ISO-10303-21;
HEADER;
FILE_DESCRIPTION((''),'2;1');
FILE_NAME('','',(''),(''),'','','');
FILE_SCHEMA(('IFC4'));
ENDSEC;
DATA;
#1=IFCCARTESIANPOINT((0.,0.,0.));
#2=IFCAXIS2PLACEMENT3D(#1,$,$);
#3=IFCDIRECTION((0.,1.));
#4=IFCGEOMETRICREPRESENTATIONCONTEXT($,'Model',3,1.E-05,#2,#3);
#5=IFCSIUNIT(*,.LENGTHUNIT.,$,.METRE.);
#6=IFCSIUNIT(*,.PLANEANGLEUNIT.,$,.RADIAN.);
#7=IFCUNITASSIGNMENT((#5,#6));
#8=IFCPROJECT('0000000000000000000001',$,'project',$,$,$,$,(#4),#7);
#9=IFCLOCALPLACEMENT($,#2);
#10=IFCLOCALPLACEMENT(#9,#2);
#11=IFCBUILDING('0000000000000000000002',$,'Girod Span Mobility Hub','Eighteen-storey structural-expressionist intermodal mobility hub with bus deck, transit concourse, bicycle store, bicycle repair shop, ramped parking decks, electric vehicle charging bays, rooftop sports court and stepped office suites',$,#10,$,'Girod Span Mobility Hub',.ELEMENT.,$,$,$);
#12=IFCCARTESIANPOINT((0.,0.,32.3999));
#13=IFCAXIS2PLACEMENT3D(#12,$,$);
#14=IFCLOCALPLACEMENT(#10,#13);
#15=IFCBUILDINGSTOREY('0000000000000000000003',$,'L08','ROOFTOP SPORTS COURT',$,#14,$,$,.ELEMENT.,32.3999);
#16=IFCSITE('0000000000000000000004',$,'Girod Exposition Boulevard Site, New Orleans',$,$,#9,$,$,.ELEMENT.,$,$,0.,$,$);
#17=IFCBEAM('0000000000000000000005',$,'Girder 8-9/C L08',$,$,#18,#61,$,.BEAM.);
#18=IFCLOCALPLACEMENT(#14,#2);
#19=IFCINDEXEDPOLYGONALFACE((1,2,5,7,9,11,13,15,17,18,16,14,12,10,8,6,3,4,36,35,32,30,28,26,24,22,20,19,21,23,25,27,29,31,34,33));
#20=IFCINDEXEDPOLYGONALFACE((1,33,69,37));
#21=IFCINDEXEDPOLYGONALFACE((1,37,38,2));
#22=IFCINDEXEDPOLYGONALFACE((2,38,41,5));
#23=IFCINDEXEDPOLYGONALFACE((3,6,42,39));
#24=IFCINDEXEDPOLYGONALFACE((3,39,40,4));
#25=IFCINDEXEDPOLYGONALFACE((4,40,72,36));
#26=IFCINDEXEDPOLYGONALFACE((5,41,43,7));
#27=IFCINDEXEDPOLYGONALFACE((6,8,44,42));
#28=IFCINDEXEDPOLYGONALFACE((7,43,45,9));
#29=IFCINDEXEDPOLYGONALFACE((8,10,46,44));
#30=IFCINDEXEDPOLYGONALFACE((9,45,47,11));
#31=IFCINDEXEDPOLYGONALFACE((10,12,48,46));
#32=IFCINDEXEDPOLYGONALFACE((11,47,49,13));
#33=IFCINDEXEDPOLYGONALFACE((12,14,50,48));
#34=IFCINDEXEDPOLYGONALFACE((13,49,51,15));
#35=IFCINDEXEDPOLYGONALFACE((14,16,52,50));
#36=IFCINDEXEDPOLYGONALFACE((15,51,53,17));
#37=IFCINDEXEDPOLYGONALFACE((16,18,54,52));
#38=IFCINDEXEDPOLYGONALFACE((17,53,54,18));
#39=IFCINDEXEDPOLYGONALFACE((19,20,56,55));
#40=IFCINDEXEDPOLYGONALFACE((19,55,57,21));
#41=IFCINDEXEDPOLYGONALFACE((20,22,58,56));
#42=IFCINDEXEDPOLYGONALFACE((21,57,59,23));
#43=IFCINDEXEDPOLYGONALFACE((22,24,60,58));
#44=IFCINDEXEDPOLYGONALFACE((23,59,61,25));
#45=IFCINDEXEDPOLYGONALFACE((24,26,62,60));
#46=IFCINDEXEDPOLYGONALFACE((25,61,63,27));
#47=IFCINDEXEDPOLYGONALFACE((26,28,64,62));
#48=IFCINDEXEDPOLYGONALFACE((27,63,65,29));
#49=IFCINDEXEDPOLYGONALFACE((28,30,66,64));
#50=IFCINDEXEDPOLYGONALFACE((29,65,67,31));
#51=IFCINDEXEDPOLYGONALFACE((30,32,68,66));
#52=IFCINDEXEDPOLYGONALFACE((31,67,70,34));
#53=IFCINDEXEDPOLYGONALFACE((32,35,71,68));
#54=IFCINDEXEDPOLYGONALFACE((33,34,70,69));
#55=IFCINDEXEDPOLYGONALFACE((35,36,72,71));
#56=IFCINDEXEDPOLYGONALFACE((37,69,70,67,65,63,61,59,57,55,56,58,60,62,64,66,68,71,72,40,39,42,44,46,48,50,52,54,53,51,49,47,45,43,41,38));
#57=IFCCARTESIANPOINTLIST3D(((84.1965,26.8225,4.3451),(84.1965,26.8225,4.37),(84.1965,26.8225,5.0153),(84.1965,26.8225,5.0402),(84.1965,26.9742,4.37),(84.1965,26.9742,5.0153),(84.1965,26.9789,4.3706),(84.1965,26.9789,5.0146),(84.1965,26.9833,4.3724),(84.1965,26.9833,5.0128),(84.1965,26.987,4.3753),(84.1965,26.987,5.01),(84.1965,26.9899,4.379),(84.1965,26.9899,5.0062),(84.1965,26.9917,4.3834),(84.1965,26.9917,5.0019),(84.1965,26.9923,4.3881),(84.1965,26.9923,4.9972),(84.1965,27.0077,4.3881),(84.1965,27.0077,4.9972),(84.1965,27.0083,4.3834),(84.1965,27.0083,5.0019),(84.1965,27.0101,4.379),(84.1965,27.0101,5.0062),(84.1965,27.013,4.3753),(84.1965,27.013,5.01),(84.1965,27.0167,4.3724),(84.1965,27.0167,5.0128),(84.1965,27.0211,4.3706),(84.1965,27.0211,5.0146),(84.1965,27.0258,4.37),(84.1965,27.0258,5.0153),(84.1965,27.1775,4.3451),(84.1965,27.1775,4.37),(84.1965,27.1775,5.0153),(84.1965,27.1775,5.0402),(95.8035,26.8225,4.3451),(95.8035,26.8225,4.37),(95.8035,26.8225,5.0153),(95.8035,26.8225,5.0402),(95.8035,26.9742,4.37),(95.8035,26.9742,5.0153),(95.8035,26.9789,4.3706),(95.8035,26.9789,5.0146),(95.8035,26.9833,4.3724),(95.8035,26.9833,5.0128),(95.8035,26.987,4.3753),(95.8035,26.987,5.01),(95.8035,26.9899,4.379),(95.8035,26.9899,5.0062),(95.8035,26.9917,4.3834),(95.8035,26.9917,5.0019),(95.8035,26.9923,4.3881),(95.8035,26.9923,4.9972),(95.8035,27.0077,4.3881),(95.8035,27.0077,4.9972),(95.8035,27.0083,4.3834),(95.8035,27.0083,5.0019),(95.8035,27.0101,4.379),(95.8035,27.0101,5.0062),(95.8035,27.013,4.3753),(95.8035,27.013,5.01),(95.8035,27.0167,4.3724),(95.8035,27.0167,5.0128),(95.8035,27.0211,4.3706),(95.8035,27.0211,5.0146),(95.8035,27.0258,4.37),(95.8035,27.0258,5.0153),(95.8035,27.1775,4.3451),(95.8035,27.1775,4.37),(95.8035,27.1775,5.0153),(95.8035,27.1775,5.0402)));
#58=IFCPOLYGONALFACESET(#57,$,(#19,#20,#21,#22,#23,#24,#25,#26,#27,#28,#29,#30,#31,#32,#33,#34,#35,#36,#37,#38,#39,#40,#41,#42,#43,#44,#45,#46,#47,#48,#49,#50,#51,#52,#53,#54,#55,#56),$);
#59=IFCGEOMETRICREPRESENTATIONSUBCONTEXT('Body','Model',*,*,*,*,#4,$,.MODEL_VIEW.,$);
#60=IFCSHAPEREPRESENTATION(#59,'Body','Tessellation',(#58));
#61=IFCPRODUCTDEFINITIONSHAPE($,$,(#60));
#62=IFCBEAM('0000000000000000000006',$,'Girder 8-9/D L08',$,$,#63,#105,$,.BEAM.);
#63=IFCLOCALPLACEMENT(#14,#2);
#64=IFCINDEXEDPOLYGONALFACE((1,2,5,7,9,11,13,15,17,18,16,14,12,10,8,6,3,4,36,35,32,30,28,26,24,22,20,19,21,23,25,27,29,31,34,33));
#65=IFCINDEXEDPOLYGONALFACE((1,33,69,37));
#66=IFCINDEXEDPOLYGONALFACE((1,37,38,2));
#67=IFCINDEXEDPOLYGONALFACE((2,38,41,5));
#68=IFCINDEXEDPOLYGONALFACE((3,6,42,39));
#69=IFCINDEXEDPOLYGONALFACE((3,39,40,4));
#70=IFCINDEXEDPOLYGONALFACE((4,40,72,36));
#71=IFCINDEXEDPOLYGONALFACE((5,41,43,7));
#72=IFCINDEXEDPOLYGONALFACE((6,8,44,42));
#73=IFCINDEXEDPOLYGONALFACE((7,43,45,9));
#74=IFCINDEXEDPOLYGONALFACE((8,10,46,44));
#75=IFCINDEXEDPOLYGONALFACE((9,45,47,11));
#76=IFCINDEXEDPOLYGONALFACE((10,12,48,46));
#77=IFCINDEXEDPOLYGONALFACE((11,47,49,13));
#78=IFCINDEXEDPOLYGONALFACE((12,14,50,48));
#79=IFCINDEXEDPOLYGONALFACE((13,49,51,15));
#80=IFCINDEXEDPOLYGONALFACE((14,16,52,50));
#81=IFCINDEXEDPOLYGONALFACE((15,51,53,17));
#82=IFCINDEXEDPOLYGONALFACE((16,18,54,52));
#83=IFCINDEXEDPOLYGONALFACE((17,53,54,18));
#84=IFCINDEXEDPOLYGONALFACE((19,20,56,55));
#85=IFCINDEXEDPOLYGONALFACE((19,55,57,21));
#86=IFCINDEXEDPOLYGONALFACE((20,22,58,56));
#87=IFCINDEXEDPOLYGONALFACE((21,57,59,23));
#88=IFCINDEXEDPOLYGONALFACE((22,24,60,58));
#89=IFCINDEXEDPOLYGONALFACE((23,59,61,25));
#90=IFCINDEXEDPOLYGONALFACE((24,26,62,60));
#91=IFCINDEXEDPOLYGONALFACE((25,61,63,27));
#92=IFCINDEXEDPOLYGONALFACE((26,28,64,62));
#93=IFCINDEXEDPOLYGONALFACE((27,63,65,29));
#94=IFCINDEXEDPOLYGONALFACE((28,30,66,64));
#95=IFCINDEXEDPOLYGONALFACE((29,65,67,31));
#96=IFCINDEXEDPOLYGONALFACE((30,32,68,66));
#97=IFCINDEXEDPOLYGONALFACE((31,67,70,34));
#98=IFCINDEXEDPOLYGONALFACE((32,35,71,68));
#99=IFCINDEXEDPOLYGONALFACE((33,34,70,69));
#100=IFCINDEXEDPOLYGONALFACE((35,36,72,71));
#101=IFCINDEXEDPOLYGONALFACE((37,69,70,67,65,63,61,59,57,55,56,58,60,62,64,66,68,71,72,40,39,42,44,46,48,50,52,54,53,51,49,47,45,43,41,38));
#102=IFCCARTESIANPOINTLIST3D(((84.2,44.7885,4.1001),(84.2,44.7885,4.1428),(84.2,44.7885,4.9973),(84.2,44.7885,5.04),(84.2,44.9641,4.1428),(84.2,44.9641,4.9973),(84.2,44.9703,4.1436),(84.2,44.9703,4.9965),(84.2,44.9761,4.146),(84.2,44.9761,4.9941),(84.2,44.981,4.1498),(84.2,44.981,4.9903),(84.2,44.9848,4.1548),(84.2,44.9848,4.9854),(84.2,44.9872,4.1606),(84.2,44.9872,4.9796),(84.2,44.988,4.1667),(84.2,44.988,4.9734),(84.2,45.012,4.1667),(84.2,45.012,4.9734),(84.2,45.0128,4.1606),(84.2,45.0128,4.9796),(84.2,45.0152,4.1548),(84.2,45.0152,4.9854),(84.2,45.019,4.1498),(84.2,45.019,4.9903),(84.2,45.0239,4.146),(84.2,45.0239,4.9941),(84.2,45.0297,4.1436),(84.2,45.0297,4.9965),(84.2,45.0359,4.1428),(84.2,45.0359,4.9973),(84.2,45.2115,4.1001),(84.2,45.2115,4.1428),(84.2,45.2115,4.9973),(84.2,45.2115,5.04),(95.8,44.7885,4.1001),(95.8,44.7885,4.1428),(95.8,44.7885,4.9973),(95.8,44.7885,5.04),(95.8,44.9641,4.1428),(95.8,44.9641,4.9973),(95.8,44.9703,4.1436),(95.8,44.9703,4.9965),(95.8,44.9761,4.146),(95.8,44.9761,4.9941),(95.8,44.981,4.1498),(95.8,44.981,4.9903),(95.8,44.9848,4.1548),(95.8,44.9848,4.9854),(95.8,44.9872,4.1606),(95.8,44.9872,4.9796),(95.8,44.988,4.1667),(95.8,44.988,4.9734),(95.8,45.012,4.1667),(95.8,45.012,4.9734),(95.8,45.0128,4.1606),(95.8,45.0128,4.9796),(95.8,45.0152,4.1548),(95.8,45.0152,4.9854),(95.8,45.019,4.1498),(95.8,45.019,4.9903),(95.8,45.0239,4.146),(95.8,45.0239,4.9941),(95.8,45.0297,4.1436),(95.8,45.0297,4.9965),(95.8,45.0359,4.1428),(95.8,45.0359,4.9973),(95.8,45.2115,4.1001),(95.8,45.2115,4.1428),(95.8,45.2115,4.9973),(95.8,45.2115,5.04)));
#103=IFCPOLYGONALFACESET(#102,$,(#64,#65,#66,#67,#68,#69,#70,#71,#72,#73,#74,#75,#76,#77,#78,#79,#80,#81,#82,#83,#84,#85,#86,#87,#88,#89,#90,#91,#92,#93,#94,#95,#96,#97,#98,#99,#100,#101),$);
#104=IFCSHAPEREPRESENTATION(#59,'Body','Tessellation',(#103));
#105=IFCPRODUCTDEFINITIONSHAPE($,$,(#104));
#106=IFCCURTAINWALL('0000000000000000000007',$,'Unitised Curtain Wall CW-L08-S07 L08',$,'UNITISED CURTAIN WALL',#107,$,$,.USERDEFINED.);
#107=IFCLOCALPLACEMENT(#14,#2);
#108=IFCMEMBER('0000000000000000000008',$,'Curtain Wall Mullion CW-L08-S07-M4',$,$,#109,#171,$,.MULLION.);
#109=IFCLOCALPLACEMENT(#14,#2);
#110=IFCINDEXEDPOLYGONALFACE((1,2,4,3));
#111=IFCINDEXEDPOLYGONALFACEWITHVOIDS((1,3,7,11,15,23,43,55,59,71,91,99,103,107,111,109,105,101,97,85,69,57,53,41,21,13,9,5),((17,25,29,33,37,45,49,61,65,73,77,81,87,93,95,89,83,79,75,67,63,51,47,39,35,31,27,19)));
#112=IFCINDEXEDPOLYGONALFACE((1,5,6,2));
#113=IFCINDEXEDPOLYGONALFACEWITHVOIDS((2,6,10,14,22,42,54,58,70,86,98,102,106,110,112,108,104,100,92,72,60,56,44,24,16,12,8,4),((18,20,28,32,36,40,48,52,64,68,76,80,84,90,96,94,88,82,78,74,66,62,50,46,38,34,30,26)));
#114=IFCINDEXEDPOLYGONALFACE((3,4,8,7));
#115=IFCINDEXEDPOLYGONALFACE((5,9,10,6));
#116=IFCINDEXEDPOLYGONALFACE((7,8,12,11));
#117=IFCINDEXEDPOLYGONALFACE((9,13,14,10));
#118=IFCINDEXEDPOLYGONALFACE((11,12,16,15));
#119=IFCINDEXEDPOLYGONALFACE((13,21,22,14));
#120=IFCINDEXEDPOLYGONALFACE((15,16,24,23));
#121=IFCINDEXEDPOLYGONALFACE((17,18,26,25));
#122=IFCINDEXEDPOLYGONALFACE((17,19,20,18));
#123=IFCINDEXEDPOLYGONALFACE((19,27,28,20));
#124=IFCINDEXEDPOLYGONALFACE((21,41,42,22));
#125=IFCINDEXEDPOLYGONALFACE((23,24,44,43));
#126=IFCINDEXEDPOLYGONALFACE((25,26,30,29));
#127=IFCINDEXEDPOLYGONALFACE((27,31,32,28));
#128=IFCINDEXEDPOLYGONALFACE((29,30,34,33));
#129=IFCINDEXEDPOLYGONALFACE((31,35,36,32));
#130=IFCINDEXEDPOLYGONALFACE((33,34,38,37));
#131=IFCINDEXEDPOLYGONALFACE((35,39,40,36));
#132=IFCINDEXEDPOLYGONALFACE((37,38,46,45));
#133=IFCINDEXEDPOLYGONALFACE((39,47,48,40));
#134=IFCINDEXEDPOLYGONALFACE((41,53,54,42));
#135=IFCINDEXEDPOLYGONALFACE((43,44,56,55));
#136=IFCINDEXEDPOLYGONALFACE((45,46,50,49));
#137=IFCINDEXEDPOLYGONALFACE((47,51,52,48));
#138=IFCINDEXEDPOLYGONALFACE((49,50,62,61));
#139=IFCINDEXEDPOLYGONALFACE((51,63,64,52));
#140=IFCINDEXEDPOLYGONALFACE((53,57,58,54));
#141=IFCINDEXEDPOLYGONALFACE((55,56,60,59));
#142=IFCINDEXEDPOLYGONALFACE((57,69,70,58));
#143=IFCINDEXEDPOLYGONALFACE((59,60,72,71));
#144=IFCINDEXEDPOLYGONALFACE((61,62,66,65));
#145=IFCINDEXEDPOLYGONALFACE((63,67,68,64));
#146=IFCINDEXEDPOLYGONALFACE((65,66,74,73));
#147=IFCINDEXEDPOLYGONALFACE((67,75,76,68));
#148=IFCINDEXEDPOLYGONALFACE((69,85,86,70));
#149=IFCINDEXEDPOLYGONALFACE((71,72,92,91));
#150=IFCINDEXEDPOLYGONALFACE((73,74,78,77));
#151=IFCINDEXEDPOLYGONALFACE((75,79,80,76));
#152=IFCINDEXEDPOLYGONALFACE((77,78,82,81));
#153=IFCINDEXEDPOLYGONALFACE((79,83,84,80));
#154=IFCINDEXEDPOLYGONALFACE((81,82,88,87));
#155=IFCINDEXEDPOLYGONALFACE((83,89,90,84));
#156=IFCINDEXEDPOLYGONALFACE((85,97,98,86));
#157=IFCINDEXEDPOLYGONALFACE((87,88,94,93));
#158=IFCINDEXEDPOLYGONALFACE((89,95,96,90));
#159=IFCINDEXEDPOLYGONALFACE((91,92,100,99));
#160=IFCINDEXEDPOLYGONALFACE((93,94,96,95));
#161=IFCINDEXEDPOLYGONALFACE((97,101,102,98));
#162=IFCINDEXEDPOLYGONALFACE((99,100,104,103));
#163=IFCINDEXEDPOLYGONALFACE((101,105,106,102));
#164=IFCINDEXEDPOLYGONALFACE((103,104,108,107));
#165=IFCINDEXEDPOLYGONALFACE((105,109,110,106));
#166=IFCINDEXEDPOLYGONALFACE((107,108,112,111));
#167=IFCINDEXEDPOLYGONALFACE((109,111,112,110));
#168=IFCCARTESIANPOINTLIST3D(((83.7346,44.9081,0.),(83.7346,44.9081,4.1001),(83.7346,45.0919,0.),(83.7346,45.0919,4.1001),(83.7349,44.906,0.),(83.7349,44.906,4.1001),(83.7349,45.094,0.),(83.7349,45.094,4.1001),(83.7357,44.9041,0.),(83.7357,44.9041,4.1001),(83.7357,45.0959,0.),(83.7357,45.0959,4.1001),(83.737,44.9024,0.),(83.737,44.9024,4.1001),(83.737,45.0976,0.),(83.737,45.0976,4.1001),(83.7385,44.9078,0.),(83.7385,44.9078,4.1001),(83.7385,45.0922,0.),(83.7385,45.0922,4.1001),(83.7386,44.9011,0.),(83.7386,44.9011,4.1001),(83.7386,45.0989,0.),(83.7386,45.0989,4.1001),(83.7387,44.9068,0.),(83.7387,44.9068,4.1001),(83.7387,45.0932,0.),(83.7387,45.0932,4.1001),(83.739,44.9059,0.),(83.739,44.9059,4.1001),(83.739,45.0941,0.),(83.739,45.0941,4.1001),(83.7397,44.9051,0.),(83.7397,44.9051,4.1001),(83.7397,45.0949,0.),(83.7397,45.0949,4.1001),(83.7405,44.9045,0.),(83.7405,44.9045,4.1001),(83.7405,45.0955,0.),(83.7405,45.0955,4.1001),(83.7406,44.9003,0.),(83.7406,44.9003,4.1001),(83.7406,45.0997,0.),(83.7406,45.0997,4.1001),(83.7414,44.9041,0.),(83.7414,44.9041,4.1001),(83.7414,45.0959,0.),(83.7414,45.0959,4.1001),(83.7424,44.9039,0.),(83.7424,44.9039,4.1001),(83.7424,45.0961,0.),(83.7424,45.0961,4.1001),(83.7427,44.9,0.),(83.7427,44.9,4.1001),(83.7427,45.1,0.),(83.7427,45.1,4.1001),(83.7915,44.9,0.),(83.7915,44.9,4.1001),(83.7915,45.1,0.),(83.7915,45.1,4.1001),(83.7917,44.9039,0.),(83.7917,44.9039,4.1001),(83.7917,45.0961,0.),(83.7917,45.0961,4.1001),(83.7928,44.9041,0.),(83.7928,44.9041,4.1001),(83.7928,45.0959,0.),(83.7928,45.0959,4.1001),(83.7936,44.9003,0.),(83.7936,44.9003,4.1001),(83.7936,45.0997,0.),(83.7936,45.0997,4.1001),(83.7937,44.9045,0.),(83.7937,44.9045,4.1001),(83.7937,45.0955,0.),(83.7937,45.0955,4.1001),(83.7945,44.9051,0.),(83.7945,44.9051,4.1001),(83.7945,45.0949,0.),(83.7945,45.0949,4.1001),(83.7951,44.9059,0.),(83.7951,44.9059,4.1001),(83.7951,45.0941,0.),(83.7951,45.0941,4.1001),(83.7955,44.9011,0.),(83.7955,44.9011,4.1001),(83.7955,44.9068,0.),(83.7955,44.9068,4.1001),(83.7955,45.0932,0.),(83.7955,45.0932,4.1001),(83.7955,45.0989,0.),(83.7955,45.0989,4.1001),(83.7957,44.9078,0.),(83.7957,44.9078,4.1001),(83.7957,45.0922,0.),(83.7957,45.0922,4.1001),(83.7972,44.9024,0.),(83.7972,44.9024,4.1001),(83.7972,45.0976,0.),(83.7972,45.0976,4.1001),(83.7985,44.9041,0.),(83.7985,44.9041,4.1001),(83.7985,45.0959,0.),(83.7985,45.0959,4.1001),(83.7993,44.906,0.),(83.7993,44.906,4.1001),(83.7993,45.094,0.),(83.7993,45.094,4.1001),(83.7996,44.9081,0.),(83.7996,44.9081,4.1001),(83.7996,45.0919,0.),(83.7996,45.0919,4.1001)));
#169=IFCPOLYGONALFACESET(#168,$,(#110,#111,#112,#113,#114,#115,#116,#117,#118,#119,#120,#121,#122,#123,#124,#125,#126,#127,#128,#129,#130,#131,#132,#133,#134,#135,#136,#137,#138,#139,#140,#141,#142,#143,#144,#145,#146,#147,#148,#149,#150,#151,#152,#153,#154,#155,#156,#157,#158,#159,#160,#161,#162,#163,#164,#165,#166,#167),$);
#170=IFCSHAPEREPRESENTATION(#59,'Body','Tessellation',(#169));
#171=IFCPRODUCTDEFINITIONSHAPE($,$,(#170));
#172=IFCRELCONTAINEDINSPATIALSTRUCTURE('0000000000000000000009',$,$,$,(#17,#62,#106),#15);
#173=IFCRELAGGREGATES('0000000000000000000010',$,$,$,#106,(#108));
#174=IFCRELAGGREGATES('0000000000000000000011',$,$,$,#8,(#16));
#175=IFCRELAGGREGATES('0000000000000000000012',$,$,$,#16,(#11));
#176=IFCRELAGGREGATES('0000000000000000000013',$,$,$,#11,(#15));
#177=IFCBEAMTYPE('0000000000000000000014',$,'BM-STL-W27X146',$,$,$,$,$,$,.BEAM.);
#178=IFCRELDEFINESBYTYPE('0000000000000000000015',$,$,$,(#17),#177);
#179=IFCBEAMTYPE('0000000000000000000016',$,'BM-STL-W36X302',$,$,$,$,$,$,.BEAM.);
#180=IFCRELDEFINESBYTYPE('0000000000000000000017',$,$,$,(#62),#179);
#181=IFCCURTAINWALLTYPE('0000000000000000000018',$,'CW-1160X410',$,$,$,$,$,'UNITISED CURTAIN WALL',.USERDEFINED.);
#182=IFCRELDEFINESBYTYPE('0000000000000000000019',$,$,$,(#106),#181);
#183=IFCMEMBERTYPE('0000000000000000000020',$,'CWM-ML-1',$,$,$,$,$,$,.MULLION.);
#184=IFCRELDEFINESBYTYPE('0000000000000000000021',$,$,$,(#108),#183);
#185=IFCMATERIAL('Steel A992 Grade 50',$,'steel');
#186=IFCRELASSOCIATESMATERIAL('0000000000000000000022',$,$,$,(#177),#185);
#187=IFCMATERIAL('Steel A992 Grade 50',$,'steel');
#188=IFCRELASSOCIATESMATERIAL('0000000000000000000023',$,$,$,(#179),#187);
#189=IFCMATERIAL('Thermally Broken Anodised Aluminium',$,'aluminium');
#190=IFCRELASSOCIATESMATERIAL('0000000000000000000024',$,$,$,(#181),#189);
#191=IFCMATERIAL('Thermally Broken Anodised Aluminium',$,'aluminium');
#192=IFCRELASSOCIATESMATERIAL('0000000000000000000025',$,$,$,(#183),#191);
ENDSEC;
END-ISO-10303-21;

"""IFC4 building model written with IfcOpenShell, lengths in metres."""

from ifc_helpers import new_model, si_unit, direction, frame, origin, origin_2d, place, context, subcontext, project, spatial, hollow_rectangle, i_section, extrude, material, material_profile, profile_set, type_object, element, aggregate, save


model = new_model("IFC4")

# Units and contexts
model_context = context("Model", 3, precision=1e-05, world=origin(), true_north=direction((0.0, 1.0)))
body_context = subcontext(model_context, "Body", "Model", "MODEL_VIEW")
ifc_project = project(units=[si_unit("LENGTHUNIT", "METRE"), si_unit("PLANEANGLEUNIT", "RADIAN")], contexts=[model_context])

# Site, building, storey
site_placement = place(None, origin())
site = spatial("IfcSite", under=ifc_project, at=site_placement, Name="Girod Exposition Boulevard Site, New Orleans", CompositionType="ELEMENT", RefElevation=0.0)
building_placement = place(site_placement, origin())
building = spatial("IfcBuilding", under=site, at=building_placement, Name="Girod Span Mobility Hub", Description="Eighteen-storey structural-expressionist intermodal mobility hub with bus deck, transit concourse, bicycle store, bicycle repair shop, ramped parking decks, electric vehicle charging bays, rooftop sports court and stepped office suites", LongName="Girod Span Mobility Hub", CompositionType="ELEMENT")
storey_placement = place(building_placement, frame((0.0, 0.0, 32.3999)))
storey = spatial("IfcBuildingStorey", under=building, at=storey_placement, Name="L08", Description="ROOFTOP SPORTS COURT", CompositionType="ELEMENT", Elevation=32.3999)

# Beams
ifc_material_1 = material(Name="Steel A992 Grade 50", Category="steel")
ifc_material_profile_1 = material_profile(ifc_material_1, i_section(OverallWidth=0.355, OverallDepth=0.6951, WebThickness=0.0154, FlangeThickness=0.0249, FilletRadius=0.0181, at=origin_2d()), Name="W27X146")
ifc_profile_set_1 = profile_set([ifc_material_profile_1], Name="Steel A992 Grade 50")
beam_type_1 = type_object("IfcBeamType", Name="BM-STL-W27X146", PredefinedType="BEAM", material=ifc_profile_set_1)
beam_1_placement = place(storey_placement, frame((84.1965, 27.0, 4.6926), z_axis=(1.0, 0.0, 0.0), x_axis=(0.0, 1.0, 0.0)))
element("IfcBeam", 1, at=beam_1_placement, inside=storey, type_object=beam_type_1, Name="Girder 8-9/C L08", PredefinedType="BEAM", context=body_context, shape_type="SweptSolid", body=[
    extrude(i_section(OverallWidth=0.355, OverallDepth=0.6951, WebThickness=0.0154, FlangeThickness=0.0249, FilletRadius=0.0181, at=origin_2d()), origin(), (0.0, 0.0, 1.0), 11.6069),
])
ifc_material_2 = material(Name="Steel A992 Grade 50", Category="steel")
ifc_material_profile_2 = material_profile(ifc_material_2, i_section(OverallWidth=0.4231, OverallDepth=0.9399, WebThickness=0.0239, FlangeThickness=0.0427, FilletRadius=0.0239, at=origin_2d()), Name="W36X302")
ifc_profile_set_2 = profile_set([ifc_material_profile_2], Name="Steel A992 Grade 50")
beam_type_2 = type_object("IfcBeamType", Name="BM-STL-W36X302", PredefinedType="BEAM", material=ifc_profile_set_2)
beam_2_placement = place(storey_placement, frame((84.2, 45.0, 4.5701), z_axis=(1.0, 0.0, 0.0), x_axis=(0.0, 1.0, 0.0)))
element("IfcBeam", 2, at=beam_2_placement, inside=storey, type_object=beam_type_2, Name="Girder 8-9/D L08", PredefinedType="BEAM", context=body_context, shape_type="SweptSolid", body=[
    extrude(i_section(OverallWidth=0.4231, OverallDepth=0.9399, WebThickness=0.0239, FlangeThickness=0.0427, FilletRadius=0.0239, at=origin_2d()), origin(), (0.0, 0.0, 1.0), 11.6001),
])

# Curtain wall, member
ifc_material_3 = material(Name="Thermally Broken Anodised Aluminium", Category="aluminium")
curtain_wall_type = type_object("IfcCurtainWallType", Name="CW-1160X410", ElementType="UNITISED CURTAIN WALL", PredefinedType="USERDEFINED", material=ifc_material_3)
curtain_wall_1_placement = place(storey_placement, origin())
curtain_wall_1 = element("IfcCurtainWall", 3, at=curtain_wall_1_placement, inside=storey, type_object=curtain_wall_type, Name="Unitised Curtain Wall CW-L08-S07 L08", ObjectType="UNITISED CURTAIN WALL", PredefinedType="USERDEFINED")
ifc_material_4 = material(Name="Thermally Broken Anodised Aluminium", Category="aluminium")
ifc_material_profile_3 = material_profile(ifc_material_4, hollow_rectangle(XDim=0.2, YDim=0.0649, WallThickness=0.0039, InnerFilletRadius=0.0039, OuterFilletRadius=0.0081, at=origin_2d()), Name="CW-ML-65X200")
ifc_profile_set_3 = profile_set([ifc_material_profile_3], Name="Thermally Broken Anodised Aluminium")
member_type_1 = type_object("IfcMemberType", Name="CWM-ML-1", PredefinedType="MULLION", material=ifc_profile_set_3)
member_1_placement = place(storey_placement, frame((83.7671, 45.0, 0.0), z_axis=(0.0, 0.0, 1.0), x_axis=(0.0, 1.0, 0.0)))
member_1 = element("IfcMember", 4, at=member_1_placement, type_object=member_type_1, Name="Curtain Wall Mullion CW-L08-S07-M4", PredefinedType="MULLION", context=body_context, shape_type="SweptSolid", body=[
    extrude(hollow_rectangle(XDim=0.2, YDim=0.0649, WallThickness=0.0039, InnerFilletRadius=0.0039, OuterFilletRadius=0.0081, at=origin_2d()), origin(), (0.0, 0.0, 1.0), 4.1001),
])

aggregate(curtain_wall_1, [member_1])

save(model, "model.ifc")
